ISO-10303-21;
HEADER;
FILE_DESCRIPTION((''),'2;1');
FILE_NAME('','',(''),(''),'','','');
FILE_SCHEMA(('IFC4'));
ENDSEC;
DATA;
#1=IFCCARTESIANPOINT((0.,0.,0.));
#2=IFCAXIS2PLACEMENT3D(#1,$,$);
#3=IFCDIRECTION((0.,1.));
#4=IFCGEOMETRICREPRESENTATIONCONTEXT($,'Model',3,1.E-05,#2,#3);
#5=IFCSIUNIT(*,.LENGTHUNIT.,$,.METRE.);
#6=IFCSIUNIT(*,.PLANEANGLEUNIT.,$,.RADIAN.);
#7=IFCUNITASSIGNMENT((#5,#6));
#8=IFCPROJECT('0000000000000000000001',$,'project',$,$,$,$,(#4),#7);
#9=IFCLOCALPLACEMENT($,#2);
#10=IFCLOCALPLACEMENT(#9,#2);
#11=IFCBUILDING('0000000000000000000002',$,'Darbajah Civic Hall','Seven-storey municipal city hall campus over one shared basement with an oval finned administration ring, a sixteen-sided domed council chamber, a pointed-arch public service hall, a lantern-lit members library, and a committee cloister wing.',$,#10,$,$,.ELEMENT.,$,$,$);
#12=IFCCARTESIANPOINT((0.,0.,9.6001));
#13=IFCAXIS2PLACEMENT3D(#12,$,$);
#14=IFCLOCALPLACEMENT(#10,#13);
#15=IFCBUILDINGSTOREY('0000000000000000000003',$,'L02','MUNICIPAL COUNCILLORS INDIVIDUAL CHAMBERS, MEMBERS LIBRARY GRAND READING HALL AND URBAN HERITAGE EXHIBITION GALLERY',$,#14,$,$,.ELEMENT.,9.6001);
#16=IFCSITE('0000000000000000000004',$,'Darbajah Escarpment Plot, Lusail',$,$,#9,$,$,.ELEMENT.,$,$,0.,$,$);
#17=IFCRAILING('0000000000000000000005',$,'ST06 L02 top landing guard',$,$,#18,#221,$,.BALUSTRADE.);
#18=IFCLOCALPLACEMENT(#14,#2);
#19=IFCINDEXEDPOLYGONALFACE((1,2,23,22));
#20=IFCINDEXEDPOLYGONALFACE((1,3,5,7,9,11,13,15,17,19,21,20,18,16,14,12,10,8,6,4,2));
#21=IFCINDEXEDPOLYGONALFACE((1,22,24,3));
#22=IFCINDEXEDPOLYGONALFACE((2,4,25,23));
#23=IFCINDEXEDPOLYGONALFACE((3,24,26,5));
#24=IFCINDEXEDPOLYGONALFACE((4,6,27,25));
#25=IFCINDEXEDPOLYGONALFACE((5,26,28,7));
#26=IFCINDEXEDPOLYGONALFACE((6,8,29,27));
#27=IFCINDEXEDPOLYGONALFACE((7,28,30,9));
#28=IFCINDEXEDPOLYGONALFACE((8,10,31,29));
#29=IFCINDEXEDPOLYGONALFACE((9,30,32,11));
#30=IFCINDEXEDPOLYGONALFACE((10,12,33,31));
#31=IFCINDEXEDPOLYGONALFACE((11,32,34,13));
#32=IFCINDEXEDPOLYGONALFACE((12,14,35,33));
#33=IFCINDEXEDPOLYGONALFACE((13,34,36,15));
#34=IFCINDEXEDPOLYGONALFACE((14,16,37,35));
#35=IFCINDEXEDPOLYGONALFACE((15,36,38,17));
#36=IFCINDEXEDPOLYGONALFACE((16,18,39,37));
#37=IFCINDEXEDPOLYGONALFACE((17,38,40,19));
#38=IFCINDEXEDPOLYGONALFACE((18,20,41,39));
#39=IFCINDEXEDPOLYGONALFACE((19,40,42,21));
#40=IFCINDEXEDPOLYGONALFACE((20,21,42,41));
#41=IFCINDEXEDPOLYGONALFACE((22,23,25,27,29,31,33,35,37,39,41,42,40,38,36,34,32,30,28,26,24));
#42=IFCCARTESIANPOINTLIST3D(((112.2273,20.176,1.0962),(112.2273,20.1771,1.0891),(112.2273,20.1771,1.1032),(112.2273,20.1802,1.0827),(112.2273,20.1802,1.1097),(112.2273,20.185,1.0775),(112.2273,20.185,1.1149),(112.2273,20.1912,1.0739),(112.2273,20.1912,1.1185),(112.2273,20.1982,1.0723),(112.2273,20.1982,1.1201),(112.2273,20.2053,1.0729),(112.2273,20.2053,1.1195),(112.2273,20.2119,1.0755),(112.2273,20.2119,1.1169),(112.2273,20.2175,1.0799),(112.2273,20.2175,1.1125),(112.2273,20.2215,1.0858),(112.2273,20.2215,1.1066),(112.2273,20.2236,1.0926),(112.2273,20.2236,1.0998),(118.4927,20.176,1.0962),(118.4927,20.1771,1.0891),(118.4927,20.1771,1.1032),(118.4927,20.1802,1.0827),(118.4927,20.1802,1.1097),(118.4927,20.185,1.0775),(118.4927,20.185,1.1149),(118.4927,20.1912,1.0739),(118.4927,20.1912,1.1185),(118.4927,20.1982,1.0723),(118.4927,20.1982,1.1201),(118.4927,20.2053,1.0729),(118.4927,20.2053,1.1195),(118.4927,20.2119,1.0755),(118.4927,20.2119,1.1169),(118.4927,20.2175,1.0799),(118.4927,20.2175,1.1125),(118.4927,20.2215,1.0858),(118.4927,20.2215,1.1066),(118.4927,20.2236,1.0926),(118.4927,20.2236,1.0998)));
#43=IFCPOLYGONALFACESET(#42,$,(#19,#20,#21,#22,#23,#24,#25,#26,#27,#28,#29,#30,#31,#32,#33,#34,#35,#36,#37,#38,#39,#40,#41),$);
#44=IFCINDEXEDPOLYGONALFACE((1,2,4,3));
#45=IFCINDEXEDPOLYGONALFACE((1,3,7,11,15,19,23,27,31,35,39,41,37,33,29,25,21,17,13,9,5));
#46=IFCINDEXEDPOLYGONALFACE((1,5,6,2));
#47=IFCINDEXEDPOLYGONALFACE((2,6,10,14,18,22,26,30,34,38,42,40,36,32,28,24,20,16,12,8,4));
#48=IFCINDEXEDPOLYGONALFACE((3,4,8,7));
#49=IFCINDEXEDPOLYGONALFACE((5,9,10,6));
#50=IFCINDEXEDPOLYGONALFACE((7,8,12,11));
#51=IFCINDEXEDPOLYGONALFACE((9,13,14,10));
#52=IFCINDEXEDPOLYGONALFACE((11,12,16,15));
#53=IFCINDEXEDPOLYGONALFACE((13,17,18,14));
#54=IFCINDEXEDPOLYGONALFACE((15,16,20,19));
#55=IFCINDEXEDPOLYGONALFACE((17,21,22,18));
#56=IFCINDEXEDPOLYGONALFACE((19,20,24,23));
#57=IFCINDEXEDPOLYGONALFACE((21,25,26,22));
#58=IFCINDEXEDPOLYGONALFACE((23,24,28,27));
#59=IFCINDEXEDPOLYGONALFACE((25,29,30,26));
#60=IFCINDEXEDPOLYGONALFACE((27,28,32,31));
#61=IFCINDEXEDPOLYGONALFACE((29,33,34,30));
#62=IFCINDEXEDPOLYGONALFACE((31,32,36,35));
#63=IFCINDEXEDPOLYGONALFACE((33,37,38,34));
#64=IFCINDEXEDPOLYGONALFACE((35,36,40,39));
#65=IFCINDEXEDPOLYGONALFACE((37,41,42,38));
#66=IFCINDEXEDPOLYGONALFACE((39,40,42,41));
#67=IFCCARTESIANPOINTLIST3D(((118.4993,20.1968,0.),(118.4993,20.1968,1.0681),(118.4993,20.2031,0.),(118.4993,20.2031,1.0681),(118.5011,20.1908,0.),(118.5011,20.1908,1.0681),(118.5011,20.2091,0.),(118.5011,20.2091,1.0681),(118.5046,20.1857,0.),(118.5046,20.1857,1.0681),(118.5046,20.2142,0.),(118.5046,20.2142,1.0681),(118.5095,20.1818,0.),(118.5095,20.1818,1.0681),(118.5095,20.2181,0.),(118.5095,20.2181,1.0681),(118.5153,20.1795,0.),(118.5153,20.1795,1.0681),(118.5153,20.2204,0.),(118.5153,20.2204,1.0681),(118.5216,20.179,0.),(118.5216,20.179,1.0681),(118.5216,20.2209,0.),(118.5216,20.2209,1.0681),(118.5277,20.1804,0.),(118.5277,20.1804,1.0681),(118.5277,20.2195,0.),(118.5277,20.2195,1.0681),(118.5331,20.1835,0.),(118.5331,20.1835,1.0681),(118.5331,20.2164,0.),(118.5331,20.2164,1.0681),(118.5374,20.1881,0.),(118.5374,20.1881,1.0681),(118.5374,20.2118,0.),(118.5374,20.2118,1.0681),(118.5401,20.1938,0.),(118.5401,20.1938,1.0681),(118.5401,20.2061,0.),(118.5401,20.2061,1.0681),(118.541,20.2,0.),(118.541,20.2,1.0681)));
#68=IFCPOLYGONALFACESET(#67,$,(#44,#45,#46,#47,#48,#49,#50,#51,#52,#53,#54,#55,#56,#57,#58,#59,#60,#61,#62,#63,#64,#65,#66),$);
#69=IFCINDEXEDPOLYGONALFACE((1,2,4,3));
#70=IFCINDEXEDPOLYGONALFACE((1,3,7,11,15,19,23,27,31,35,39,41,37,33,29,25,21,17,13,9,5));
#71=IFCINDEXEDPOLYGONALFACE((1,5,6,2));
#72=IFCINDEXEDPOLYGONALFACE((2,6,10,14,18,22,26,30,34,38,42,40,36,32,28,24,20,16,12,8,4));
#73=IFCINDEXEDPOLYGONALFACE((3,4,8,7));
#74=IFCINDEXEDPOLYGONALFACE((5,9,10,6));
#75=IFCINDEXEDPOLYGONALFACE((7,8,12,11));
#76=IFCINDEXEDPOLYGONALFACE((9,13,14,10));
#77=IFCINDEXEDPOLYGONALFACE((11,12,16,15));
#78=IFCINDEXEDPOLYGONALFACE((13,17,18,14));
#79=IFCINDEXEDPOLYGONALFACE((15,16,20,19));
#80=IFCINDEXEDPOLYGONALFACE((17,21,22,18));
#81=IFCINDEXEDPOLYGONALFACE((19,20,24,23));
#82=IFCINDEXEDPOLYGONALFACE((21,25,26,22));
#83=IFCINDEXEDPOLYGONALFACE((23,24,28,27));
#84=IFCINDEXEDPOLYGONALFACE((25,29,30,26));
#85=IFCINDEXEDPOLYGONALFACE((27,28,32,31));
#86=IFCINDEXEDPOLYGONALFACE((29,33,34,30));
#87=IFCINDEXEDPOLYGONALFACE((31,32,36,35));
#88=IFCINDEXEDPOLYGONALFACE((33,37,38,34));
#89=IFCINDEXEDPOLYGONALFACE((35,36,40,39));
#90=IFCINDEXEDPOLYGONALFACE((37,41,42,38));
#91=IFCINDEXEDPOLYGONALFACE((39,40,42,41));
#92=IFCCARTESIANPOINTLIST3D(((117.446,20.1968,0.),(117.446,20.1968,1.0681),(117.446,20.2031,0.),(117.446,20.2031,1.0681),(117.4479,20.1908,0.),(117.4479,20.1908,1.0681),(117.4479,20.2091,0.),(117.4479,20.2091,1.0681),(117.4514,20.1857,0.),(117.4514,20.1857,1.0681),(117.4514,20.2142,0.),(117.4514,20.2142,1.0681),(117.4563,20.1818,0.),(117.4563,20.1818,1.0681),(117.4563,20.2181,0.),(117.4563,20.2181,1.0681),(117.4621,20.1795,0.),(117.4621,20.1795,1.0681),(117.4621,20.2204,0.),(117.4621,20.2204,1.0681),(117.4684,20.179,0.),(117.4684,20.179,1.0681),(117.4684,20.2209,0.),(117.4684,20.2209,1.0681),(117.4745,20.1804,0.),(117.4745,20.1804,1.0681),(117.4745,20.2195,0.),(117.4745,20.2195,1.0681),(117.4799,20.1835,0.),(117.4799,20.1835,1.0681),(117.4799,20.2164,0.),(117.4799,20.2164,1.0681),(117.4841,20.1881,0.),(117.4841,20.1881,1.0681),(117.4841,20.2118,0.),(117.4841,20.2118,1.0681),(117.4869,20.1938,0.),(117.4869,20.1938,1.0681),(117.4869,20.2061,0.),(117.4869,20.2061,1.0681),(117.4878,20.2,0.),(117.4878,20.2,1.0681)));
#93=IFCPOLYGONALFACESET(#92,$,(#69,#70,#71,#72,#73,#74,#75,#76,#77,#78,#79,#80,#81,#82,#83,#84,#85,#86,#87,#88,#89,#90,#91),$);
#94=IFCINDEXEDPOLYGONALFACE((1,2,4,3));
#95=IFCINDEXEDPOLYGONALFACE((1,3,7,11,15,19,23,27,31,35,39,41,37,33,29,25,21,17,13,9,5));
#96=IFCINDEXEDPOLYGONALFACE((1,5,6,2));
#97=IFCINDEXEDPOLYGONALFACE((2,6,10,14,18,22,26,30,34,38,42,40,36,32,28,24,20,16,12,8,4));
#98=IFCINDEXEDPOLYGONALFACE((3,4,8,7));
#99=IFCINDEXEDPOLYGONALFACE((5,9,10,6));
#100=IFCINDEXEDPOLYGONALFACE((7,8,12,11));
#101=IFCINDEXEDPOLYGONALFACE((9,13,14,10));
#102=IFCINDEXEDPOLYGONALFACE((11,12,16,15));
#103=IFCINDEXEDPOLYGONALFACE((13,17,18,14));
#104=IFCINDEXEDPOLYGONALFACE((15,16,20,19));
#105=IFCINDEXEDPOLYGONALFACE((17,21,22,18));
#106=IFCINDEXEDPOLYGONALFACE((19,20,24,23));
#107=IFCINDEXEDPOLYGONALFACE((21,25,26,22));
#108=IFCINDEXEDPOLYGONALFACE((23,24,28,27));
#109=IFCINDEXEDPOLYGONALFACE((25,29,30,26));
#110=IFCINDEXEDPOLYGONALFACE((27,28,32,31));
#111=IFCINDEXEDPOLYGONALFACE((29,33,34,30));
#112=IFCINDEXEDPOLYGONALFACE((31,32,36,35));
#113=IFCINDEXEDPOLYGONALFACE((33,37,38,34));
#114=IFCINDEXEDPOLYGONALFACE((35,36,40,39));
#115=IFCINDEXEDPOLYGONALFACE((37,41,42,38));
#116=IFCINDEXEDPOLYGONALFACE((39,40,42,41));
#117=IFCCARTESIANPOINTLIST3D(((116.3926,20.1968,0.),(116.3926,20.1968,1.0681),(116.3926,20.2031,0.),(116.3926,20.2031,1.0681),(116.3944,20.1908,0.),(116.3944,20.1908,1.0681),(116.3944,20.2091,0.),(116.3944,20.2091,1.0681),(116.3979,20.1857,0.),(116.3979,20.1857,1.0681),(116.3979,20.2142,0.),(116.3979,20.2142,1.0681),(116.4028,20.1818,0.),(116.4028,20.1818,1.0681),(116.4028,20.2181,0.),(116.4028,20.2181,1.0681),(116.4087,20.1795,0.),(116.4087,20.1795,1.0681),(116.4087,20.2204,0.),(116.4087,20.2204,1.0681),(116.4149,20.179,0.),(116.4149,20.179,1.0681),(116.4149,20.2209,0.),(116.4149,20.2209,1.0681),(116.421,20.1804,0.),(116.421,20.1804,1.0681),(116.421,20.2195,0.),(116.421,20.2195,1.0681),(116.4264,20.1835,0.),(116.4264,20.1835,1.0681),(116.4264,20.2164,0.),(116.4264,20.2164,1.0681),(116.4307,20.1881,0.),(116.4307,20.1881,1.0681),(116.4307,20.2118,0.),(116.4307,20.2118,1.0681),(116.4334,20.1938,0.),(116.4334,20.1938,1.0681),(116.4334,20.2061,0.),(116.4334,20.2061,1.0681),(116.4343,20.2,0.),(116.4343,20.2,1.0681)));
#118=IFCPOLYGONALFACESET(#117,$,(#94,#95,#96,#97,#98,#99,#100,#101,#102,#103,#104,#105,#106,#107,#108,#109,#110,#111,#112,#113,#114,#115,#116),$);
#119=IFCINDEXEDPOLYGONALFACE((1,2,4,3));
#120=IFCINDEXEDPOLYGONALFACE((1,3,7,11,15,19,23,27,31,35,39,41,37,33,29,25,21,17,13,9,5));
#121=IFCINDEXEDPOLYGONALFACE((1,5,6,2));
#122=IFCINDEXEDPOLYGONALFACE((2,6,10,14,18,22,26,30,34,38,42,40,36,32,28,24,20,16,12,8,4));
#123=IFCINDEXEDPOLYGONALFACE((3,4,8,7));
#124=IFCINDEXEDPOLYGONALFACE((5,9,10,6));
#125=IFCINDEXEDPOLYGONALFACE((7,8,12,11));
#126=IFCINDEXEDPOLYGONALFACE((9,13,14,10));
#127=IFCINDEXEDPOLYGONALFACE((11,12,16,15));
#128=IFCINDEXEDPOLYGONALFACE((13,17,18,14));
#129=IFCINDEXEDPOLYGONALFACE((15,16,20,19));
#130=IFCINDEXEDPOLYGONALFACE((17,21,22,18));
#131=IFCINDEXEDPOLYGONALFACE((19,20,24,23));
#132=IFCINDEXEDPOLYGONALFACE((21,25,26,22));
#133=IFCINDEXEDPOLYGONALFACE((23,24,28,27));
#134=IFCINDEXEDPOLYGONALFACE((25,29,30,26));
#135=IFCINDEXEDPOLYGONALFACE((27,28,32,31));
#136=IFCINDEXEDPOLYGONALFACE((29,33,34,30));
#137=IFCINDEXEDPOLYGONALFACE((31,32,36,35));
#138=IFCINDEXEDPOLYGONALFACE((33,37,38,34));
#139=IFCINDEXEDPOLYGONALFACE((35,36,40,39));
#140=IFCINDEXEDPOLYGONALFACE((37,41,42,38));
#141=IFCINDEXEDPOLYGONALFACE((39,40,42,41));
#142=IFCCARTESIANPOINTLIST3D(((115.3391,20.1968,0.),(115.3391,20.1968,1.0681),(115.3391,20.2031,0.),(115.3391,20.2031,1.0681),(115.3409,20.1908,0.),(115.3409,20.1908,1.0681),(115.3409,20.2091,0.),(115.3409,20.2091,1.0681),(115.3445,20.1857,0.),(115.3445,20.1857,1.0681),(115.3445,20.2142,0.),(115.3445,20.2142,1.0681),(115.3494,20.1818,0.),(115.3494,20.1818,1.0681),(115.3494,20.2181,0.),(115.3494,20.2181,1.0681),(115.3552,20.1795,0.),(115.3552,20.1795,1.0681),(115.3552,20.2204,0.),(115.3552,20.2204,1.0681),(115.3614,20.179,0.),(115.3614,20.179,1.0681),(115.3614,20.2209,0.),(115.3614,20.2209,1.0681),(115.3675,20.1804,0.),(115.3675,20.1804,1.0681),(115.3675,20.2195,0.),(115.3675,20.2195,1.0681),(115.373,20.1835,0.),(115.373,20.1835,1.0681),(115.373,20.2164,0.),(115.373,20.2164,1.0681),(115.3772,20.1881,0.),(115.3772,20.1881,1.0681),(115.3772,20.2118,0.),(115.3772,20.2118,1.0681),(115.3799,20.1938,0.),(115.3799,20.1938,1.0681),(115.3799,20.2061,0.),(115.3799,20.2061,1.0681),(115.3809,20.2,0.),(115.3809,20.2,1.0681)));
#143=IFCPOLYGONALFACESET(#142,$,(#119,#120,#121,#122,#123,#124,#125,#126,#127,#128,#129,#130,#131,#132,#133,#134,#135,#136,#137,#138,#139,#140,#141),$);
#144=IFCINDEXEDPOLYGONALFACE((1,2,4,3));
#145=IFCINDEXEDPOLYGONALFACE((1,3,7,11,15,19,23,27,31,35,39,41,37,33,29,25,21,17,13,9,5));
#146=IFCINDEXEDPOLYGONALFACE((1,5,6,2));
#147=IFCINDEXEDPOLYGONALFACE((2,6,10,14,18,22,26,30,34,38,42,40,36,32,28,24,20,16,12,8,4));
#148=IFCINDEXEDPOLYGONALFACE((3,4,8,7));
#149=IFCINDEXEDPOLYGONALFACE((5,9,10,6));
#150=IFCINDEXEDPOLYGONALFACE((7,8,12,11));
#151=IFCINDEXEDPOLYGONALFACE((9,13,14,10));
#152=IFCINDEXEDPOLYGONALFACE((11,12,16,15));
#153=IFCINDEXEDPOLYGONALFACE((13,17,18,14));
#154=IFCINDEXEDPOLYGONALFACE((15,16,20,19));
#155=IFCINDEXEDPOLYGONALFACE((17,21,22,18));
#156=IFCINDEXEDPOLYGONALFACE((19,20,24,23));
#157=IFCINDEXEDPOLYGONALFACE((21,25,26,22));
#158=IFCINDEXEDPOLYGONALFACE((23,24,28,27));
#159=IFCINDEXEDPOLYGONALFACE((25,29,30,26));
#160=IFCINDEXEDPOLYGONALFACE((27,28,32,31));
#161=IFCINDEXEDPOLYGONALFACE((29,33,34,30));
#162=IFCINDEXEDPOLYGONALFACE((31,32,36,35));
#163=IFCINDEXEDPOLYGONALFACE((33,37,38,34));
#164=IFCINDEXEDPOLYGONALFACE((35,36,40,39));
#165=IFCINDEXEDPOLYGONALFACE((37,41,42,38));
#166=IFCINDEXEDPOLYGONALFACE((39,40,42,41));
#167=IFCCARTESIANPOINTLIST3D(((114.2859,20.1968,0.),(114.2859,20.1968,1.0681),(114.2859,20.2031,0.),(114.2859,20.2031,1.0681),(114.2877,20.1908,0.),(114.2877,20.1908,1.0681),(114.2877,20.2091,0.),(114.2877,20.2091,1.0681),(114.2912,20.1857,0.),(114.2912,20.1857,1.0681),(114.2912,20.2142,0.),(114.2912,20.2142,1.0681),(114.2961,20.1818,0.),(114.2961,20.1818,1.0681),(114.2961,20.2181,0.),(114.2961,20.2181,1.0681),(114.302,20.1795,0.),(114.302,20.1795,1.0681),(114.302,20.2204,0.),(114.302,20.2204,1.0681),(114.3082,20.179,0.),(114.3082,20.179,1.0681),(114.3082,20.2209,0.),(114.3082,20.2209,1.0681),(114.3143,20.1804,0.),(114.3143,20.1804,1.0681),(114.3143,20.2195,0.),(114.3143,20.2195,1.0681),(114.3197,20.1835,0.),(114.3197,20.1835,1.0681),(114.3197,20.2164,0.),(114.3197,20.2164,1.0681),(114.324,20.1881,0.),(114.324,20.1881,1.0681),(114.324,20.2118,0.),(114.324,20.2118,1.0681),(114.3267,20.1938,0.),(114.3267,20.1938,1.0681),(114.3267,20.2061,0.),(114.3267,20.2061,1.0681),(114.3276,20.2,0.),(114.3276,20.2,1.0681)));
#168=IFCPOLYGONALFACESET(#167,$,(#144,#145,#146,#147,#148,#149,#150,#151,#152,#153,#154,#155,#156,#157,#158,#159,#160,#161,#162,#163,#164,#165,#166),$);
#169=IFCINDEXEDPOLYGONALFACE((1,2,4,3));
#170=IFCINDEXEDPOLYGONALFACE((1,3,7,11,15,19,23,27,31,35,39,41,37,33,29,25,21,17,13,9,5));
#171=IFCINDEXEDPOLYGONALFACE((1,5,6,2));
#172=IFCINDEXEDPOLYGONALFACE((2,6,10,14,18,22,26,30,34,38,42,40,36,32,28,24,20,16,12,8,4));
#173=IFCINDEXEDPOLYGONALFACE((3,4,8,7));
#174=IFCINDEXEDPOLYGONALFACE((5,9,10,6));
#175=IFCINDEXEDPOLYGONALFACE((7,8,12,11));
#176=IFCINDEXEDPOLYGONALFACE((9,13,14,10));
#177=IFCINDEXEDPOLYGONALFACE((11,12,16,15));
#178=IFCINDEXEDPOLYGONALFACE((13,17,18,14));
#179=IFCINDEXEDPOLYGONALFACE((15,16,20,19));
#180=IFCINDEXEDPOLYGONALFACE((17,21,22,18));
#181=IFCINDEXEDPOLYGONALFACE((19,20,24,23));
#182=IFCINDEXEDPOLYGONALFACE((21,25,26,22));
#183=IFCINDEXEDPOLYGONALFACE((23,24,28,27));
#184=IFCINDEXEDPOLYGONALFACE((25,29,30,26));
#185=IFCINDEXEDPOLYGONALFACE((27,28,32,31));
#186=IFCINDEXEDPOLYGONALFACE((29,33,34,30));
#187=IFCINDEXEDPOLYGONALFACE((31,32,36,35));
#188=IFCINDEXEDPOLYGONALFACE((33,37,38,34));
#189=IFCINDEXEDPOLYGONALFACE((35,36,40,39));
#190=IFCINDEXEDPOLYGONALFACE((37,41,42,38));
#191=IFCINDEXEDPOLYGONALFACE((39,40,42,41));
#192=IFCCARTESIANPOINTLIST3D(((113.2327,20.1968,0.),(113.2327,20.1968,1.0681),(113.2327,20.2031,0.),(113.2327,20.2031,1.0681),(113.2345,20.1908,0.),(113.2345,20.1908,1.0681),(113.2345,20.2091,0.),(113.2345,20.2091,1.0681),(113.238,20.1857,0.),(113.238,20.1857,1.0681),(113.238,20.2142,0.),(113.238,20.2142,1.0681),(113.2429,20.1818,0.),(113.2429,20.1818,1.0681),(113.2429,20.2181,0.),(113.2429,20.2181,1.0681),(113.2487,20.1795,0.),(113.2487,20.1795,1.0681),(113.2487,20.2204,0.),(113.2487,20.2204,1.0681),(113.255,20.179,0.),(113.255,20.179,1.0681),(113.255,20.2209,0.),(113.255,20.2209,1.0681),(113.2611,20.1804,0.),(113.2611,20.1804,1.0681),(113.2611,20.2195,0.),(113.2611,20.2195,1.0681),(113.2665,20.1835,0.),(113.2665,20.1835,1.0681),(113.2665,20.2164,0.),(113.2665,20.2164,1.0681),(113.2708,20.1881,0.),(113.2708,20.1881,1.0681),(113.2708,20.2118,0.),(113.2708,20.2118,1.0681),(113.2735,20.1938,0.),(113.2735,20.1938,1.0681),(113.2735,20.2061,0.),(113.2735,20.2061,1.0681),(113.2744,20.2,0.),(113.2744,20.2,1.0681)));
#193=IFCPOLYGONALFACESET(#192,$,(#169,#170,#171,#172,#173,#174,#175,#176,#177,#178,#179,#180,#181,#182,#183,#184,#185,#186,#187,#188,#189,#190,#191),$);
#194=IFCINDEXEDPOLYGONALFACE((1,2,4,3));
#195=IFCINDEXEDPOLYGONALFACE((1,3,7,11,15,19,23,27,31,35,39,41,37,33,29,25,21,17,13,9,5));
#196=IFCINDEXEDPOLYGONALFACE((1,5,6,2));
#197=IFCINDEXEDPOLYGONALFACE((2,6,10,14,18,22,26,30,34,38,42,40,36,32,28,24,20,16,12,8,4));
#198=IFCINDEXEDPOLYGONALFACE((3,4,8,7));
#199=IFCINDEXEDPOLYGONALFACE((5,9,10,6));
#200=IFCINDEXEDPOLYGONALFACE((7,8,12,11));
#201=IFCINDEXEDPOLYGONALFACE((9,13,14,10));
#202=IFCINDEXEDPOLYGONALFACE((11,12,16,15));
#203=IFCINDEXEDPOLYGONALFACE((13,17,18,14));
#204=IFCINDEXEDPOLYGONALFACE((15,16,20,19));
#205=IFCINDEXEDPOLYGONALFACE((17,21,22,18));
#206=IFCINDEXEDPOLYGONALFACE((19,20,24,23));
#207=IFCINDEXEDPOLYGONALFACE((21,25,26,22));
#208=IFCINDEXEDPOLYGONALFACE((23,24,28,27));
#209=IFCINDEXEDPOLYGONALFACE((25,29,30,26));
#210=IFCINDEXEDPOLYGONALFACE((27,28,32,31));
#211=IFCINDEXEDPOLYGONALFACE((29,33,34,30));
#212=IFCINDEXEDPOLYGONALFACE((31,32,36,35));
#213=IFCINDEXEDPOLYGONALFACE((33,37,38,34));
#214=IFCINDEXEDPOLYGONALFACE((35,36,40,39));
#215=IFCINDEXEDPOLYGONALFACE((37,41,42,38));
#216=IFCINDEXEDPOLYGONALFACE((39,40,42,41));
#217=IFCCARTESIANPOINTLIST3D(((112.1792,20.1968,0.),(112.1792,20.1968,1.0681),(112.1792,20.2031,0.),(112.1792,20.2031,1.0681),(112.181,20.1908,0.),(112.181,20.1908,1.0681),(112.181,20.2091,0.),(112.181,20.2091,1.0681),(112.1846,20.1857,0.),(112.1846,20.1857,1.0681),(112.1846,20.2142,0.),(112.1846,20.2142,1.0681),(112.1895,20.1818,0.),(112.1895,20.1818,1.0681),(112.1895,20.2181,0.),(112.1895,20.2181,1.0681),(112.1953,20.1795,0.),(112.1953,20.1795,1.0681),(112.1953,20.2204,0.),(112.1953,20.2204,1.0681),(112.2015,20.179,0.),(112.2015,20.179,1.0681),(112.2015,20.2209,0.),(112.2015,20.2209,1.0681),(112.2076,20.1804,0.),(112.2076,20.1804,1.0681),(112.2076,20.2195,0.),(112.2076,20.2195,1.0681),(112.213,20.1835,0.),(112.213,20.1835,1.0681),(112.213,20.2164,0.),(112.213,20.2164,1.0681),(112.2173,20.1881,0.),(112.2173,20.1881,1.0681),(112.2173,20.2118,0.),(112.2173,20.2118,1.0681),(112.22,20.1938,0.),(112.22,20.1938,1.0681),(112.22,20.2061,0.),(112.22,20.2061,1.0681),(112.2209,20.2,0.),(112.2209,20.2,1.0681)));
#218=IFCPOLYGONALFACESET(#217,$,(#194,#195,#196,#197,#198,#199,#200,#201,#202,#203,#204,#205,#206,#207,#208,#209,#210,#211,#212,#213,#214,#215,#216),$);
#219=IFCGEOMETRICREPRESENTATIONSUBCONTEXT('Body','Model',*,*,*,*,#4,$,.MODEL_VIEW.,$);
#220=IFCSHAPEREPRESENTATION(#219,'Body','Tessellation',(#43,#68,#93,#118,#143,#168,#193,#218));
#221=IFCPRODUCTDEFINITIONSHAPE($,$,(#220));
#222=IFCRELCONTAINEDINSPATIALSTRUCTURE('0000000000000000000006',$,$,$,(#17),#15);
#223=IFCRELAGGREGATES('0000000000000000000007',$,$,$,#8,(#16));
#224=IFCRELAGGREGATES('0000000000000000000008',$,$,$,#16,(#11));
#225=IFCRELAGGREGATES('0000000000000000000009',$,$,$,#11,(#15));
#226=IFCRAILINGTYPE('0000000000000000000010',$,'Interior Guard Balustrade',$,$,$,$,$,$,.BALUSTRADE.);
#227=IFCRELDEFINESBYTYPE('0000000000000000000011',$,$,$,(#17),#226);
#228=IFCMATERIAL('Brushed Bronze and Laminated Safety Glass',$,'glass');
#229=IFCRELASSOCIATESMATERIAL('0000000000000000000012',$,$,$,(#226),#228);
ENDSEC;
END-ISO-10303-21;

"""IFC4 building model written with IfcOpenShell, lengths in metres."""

from ifc_helpers import new_model, si_unit, direction, frame, origin, origin_2d, place, context, subcontext, project, spatial, circle, extrude, material, type_object, element, save


model = new_model("IFC4")

# Units and contexts
model_context = context("Model", 3, precision=1e-05, world=origin(), true_north=direction((0.0, 1.0)))
body_context = subcontext(model_context, "Body", "Model", "MODEL_VIEW")
ifc_project = project(units=[si_unit("LENGTHUNIT", "METRE"), si_unit("PLANEANGLEUNIT", "RADIAN")], contexts=[model_context])

# Site, building, storey
site_placement = place(None, origin())
site = spatial("IfcSite", under=ifc_project, at=site_placement, Name="Darbajah Escarpment Plot, Lusail", CompositionType="ELEMENT", RefElevation=0.0)
building_placement = place(site_placement, origin())
building = spatial("IfcBuilding", under=site, at=building_placement, Name="Darbajah Civic Hall", Description="Seven-storey municipal city hall campus over one shared basement with an oval finned administration ring, a sixteen-sided domed council chamber, a pointed-arch public service hall, a lantern-lit members library, and a committee cloister wing.", CompositionType="ELEMENT")
storey_placement = place(building_placement, frame((0.0, 0.0, 9.6001)))
storey = spatial("IfcBuildingStorey", under=building, at=storey_placement, Name="L02", Description="MUNICIPAL COUNCILLORS INDIVIDUAL CHAMBERS, MEMBERS LIBRARY GRAND READING HALL AND URBAN HERITAGE EXHIBITION GALLERY", CompositionType="ELEMENT", Elevation=9.6001)

# Railing
ifc_material_1 = material(Name="Brushed Bronze and Laminated Safety Glass", Category="glass")
railing_type = type_object("IfcRailingType", Name="Interior Guard Balustrade", PredefinedType="BALUSTRADE", material=ifc_material_1)
railing_1_placement = place(storey_placement, frame((118.52, 20.2, 0.0)))
element("IfcRailing", 1, at=railing_1_placement, inside=storey, type_object=railing_type, Name="ST06 L02 top landing guard", PredefinedType="BALUSTRADE", context=body_context, shape_type="SweptSolid", body=[
    extrude(circle(Radius=0.0239, at=origin_2d()), frame((-0.0273, 0.0, 1.0962), z_axis=(-1.0, 0.0, 0.0), x_axis=(0.0, -1.0, 0.0)), (0.0, 0.0, 1.0), 6.2654),
    extrude(circle(Radius=0.021, at=origin_2d()), origin(), (0.0, 0.0, 1.0), 1.0681),
    extrude(circle(Radius=0.021, at=origin_2d()), frame((-1.0532, 0.0, 0.0)), (0.0, 0.0, 1.0), 1.0681),
    extrude(circle(Radius=0.021, at=origin_2d()), frame((-2.1067, 0.0, 0.0)), (0.0, 0.0, 1.0), 1.0681),
    extrude(circle(Radius=0.021, at=origin_2d()), frame((-3.1602, 0.0, 0.0)), (0.0, 0.0, 1.0), 1.0681),
    extrude(circle(Radius=0.021, at=origin_2d()), frame((-4.2134, 0.0, 0.0)), (0.0, 0.0, 1.0), 1.0681),
    extrude(circle(Radius=0.021, at=origin_2d()), frame((-5.2666, 0.0, 0.0)), (0.0, 0.0, 1.0), 1.0681),
    extrude(circle(Radius=0.021, at=origin_2d()), frame((-6.3201, 0.0, 0.0)), (0.0, 0.0, 1.0), 1.0681),
])

save(model, "model.ifc")
